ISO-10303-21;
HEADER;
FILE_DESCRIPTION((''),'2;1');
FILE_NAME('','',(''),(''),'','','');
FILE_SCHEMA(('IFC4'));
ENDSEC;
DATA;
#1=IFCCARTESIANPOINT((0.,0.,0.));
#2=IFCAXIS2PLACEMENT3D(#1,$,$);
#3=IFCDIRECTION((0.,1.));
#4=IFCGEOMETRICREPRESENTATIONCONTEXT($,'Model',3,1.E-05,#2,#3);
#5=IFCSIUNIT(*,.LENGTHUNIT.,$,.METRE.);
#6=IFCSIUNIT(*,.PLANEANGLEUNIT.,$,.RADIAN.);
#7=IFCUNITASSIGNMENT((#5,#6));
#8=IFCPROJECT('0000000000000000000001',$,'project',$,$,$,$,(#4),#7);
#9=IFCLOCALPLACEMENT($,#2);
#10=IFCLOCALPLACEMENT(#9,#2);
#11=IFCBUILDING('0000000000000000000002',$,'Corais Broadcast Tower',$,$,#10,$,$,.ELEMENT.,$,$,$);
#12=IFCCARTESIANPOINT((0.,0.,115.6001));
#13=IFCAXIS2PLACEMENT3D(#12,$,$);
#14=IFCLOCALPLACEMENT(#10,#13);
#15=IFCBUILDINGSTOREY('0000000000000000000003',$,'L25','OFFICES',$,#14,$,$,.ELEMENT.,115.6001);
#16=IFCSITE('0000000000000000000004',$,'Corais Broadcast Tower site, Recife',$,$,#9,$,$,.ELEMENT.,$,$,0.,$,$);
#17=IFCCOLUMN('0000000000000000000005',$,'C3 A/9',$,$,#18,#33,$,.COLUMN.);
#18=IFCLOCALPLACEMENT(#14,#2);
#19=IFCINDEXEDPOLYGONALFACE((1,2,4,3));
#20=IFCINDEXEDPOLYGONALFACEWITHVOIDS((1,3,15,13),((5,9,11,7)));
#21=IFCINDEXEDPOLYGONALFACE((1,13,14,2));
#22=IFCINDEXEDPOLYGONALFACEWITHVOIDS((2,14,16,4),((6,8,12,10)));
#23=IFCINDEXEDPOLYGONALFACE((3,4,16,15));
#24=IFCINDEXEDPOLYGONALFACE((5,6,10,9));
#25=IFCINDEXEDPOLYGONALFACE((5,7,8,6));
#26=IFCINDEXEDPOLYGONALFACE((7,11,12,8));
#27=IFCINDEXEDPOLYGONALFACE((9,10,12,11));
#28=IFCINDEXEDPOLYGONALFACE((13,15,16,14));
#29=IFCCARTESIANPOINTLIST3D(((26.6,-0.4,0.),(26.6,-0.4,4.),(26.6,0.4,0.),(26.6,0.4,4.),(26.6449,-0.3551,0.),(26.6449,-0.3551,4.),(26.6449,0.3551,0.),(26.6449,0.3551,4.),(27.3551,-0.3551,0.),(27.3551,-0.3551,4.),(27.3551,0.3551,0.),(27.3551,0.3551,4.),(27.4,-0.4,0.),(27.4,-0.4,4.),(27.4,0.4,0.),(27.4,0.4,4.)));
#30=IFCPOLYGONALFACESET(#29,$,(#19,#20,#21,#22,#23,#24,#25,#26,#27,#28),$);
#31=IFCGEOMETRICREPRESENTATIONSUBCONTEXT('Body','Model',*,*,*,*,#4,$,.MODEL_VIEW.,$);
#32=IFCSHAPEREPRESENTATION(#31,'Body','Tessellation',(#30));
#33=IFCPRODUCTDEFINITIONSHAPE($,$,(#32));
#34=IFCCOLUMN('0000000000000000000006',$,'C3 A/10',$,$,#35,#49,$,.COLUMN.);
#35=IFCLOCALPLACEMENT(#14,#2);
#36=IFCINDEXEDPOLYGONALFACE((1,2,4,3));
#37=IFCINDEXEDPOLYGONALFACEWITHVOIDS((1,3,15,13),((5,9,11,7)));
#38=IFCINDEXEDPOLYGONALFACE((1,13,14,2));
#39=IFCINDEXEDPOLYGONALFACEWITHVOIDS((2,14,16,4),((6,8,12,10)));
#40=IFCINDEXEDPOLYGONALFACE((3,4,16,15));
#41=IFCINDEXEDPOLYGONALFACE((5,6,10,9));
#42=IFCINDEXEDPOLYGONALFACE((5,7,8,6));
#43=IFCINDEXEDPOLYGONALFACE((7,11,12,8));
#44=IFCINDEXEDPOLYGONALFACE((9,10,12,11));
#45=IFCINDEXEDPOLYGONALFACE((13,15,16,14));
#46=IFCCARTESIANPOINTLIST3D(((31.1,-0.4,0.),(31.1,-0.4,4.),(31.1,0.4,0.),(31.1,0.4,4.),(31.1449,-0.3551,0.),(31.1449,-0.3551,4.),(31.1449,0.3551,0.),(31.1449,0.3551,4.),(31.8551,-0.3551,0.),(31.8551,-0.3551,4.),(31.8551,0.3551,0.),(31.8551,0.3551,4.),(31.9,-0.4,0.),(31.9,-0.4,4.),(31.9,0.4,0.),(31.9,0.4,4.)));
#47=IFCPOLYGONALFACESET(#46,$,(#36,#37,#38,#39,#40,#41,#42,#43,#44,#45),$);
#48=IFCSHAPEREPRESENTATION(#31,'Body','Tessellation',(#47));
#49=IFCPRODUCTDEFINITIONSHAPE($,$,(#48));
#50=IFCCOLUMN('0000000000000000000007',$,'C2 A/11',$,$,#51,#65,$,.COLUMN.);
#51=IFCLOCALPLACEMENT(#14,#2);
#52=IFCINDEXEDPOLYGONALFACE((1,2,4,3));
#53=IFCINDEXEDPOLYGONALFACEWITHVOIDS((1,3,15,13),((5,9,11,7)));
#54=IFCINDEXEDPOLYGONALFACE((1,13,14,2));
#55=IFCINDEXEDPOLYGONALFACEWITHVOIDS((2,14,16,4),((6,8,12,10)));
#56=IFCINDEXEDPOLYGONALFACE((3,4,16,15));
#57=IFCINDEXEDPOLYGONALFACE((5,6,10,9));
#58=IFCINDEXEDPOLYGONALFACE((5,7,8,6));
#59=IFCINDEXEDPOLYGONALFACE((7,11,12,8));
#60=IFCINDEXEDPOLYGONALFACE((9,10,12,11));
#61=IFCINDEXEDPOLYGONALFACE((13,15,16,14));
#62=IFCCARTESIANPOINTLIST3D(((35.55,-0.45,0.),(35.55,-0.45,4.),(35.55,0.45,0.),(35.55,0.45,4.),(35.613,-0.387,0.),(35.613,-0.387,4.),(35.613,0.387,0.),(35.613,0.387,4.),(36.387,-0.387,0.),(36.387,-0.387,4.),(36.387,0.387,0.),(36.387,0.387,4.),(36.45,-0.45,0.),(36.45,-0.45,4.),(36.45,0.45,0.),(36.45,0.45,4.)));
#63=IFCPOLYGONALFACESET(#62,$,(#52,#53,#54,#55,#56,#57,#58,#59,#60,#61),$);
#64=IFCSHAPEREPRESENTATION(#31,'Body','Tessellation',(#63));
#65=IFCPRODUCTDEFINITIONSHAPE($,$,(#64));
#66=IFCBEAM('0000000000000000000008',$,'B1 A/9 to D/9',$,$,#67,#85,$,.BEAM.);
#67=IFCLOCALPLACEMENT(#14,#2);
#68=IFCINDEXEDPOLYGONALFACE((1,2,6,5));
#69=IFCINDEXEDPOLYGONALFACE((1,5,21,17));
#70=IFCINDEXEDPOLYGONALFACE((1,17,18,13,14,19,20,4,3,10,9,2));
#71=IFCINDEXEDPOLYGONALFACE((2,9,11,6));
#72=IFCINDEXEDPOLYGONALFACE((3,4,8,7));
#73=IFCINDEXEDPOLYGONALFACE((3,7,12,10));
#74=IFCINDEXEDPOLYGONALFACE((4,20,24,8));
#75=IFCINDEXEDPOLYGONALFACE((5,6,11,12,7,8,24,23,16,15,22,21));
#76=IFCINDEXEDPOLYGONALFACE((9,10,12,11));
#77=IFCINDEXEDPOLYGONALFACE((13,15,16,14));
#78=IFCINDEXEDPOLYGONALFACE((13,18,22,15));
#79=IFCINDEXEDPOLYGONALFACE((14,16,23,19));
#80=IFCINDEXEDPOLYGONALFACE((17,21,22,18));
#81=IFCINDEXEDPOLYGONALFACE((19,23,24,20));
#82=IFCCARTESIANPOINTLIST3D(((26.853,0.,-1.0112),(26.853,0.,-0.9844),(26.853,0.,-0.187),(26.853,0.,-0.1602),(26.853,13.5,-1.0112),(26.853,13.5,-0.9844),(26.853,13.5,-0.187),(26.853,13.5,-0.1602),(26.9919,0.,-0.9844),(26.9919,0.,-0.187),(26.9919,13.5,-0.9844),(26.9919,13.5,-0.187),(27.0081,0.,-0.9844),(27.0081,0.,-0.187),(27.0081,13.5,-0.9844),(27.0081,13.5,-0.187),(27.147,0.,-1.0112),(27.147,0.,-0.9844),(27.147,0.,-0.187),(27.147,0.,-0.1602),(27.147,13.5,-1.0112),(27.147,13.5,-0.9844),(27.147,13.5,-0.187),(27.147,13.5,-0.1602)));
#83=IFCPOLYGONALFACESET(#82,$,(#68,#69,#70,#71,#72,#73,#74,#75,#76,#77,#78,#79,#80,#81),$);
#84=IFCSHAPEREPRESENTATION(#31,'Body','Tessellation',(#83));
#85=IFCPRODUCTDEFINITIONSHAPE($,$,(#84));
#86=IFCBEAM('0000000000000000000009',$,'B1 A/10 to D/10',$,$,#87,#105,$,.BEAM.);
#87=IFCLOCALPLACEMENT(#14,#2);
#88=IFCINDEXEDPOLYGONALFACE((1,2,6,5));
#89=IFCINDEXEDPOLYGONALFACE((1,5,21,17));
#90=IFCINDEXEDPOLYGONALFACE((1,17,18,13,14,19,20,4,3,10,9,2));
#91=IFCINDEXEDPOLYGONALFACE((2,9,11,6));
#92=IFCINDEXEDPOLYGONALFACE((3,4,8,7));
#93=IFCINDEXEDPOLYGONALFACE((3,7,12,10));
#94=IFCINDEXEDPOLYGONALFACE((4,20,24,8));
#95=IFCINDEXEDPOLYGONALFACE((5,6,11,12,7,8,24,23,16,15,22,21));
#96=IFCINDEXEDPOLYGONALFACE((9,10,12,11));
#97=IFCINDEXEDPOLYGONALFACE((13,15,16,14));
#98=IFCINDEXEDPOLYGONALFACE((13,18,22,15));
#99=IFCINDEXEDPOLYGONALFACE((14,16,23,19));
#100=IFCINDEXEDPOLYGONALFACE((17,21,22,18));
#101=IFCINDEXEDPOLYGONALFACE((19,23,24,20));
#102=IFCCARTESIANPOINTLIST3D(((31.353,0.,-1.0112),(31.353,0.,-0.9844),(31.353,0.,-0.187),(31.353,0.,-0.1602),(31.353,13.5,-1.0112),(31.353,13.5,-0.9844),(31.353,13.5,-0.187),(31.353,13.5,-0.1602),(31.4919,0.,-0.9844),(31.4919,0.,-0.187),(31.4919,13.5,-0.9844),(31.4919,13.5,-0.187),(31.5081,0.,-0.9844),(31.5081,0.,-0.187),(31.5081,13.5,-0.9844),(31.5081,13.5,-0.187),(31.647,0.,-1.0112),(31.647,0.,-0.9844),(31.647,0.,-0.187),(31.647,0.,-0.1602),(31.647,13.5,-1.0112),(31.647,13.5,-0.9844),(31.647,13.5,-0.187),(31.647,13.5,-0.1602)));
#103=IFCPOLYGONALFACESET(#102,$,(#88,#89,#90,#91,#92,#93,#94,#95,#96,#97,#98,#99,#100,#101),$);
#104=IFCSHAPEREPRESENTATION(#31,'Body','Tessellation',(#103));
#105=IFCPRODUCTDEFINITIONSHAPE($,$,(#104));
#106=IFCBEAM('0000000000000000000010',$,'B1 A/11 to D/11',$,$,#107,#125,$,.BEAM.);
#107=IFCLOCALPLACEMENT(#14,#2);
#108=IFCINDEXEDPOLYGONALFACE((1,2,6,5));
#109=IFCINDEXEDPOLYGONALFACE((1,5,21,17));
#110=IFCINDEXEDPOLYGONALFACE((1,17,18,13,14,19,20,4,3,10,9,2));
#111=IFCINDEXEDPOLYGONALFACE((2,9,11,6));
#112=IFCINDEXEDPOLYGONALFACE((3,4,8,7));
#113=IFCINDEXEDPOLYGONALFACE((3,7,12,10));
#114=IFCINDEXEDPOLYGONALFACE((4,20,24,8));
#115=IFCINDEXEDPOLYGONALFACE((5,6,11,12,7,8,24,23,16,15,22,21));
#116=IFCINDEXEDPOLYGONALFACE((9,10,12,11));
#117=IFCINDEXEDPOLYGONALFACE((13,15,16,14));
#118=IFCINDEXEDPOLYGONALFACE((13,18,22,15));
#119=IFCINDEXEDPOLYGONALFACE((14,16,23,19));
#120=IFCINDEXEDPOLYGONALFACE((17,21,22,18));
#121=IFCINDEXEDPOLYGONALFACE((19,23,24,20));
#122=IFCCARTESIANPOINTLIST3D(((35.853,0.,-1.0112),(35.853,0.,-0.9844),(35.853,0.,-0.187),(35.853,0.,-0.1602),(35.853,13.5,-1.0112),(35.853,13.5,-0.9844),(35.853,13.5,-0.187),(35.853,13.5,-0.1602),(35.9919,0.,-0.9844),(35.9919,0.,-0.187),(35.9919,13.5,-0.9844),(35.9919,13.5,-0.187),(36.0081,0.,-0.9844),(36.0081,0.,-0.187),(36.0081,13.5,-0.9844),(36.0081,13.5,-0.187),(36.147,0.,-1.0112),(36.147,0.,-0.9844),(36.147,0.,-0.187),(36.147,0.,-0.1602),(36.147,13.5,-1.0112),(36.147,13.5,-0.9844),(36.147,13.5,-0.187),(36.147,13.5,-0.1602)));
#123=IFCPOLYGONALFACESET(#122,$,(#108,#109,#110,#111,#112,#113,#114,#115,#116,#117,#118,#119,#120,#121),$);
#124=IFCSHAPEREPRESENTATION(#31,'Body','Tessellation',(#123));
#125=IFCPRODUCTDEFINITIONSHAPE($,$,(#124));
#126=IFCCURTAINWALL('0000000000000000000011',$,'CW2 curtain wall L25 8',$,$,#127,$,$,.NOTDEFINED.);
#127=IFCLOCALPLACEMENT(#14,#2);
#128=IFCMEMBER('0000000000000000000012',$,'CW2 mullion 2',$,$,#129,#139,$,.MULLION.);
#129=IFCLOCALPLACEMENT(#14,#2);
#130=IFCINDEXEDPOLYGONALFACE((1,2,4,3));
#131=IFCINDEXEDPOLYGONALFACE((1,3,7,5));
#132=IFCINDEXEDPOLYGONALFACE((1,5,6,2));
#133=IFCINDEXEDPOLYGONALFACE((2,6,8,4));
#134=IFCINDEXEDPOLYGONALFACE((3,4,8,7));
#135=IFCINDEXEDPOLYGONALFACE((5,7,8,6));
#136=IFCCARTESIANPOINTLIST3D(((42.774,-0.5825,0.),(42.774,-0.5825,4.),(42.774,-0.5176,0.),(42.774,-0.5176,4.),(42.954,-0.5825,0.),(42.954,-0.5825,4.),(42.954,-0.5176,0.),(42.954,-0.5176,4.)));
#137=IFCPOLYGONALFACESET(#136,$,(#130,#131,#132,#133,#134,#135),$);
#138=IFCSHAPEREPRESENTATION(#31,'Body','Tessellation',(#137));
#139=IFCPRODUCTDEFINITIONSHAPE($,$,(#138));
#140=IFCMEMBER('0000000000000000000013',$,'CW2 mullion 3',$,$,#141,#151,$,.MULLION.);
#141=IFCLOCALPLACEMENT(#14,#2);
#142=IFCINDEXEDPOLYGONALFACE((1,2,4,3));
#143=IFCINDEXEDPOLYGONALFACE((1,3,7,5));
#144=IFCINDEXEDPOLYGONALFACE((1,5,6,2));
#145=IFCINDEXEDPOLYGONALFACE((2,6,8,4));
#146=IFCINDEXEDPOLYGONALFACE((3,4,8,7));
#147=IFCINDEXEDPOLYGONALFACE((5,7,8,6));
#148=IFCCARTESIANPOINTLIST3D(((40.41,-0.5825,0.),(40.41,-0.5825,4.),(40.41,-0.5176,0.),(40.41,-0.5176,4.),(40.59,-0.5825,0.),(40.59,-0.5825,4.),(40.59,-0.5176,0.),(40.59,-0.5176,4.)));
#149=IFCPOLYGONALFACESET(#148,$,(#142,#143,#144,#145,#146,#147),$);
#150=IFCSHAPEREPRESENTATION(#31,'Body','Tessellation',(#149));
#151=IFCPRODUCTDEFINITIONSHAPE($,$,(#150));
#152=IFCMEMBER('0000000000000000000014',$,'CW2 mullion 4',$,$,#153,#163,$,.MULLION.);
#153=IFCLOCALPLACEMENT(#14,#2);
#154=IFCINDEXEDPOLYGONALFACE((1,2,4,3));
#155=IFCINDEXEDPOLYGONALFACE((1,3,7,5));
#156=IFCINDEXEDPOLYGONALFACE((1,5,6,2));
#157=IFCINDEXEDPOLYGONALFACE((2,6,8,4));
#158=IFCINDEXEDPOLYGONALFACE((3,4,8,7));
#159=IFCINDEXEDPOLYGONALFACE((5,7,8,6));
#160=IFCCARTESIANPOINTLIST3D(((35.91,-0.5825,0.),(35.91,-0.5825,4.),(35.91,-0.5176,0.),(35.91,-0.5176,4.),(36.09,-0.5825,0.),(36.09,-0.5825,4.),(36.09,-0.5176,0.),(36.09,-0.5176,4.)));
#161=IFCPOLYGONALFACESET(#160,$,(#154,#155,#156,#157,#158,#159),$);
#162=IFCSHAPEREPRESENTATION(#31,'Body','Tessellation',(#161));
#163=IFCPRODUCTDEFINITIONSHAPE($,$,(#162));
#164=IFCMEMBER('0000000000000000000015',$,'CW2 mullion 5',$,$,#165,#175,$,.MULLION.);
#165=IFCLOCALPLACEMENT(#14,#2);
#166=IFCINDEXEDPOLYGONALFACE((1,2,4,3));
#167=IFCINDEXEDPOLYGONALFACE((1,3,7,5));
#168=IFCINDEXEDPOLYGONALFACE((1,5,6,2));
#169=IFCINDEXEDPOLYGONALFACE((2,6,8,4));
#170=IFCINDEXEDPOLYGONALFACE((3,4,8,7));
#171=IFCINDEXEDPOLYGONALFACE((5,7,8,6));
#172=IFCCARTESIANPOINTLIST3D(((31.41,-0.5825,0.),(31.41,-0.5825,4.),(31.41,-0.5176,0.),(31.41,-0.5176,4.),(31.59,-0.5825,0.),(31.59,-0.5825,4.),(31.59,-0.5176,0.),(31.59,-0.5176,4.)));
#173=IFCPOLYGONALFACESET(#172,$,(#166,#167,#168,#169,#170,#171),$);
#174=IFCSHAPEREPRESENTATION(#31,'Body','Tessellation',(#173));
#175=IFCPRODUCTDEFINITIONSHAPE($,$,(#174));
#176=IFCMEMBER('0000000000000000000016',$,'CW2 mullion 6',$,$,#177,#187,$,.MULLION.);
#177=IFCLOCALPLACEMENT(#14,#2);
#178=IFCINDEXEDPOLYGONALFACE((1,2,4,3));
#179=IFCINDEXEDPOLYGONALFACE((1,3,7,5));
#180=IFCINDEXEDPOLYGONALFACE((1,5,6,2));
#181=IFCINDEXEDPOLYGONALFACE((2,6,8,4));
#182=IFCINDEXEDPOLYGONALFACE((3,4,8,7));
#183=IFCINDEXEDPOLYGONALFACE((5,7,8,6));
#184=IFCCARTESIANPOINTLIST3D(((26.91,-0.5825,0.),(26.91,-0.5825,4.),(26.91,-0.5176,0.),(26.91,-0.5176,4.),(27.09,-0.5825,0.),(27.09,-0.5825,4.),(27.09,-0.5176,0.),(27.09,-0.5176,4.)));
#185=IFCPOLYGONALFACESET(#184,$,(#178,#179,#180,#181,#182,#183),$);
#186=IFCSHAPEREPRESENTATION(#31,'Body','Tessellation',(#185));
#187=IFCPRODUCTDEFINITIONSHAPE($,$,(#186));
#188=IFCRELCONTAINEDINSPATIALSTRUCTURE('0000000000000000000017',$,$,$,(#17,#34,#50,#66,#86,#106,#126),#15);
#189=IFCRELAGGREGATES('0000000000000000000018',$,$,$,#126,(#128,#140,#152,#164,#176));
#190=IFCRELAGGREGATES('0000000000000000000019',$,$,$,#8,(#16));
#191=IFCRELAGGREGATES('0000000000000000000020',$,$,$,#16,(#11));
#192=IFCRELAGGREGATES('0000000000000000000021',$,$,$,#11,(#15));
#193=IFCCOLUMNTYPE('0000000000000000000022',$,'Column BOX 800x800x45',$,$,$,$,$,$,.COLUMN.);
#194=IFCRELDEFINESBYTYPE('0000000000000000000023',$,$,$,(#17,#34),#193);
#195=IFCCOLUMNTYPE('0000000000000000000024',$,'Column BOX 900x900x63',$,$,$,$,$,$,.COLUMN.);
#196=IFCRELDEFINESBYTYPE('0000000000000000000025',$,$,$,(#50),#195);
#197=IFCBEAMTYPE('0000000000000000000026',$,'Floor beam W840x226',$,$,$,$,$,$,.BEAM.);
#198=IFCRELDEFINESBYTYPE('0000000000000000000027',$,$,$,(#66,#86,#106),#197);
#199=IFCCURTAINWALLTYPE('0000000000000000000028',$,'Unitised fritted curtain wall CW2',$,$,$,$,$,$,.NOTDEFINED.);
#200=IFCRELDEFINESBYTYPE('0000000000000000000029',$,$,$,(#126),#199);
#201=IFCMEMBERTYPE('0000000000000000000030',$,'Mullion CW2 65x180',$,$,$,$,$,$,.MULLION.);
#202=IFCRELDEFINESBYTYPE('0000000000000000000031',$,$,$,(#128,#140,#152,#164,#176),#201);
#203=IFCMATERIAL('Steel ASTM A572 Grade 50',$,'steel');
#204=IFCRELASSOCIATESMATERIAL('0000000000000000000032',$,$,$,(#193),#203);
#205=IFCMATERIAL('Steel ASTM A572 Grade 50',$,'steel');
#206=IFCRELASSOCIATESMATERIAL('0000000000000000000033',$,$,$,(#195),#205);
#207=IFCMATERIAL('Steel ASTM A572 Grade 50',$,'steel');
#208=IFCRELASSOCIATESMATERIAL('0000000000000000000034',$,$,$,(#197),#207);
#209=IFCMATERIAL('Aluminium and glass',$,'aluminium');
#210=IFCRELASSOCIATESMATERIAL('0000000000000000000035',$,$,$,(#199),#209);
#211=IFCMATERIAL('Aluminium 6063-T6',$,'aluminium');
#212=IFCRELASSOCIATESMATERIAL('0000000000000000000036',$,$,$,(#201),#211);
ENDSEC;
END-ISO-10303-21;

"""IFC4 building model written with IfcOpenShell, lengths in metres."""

from ifc_helpers import new_model, si_unit, direction, frame, origin, origin_2d, place, context, subcontext, project, spatial, rectangle, hollow_rectangle, i_section, extrude, material, material_profile, profile_set, type_object, element, aggregate, save


model = new_model("IFC4")

# Units and contexts
model_context = context("Model", 3, precision=1e-05, world=origin(), true_north=direction((0.0, 1.0)))
body_context = subcontext(model_context, "Body", "Model", "MODEL_VIEW")
ifc_project = project(units=[si_unit("LENGTHUNIT", "METRE"), si_unit("PLANEANGLEUNIT", "RADIAN")], contexts=[model_context])

# Site, building, storey
site_placement = place(None, origin())
site = spatial("IfcSite", under=ifc_project, at=site_placement, Name="Corais Broadcast Tower site, Recife", CompositionType="ELEMENT", RefElevation=0.0)
building_placement = place(site_placement, origin())
building = spatial("IfcBuilding", under=site, at=building_placement, Name="Corais Broadcast Tower", CompositionType="ELEMENT")
storey_placement = place(building_placement, frame((0.0, 0.0, 115.6001)))
storey = spatial("IfcBuildingStorey", under=building, at=storey_placement, Name="L25", Description="OFFICES", CompositionType="ELEMENT", Elevation=115.6001)

# Columns
ifc_material_1 = material(Name="Steel ASTM A572 Grade 50", Category="steel")
ifc_material_profile_1 = material_profile(ifc_material_1, hollow_rectangle(XDim=0.8, YDim=0.8, WallThickness=0.0449, at=origin_2d()), Name="BOX 800x800x45")
ifc_profile_set_1 = profile_set([ifc_material_profile_1], Name="Steel ASTM A572 Grade 50")
column_type_1 = type_object("IfcColumnType", Name="Column BOX 800x800x45", PredefinedType="COLUMN", material=ifc_profile_set_1)
for number, where, z_axis, x_axis, name in (
    (1, (27.0, 0.0, 0.0), (0.0, 0.0, 1.0), (1.0, 0.0, 0.0), "C3 A/9"),
    (2, (31.5, 0.0, 0.0), (0.0, 0.0, 1.0), (1.0, 0.0, 0.0), "C3 A/10"),
):
    element("IfcColumn", number, at=place(storey_placement, frame(where, z_axis=z_axis, x_axis=x_axis)), inside=storey, type_object=column_type_1, Name=name, PredefinedType="COLUMN", context=body_context, shape_type="SweptSolid", body=[
        extrude(hollow_rectangle(XDim=0.8, YDim=0.8, WallThickness=0.0449, at=origin_2d()), origin(), (0.0, 0.0, 1.0), 4.0),
    ])
ifc_material_2 = material(Name="Steel ASTM A572 Grade 50", Category="steel")
ifc_material_profile_2 = material_profile(ifc_material_2, hollow_rectangle(XDim=0.8999, YDim=0.8999, WallThickness=0.063, at=origin_2d()), Name="BOX 900x900x63")
ifc_profile_set_2 = profile_set([ifc_material_profile_2], Name="Steel ASTM A572 Grade 50")
column_type_2 = type_object("IfcColumnType", Name="Column BOX 900x900x63", PredefinedType="COLUMN", material=ifc_profile_set_2)
column_placement = place(storey_placement, frame((36.0, 0.0, 0.0), z_axis=(0.0, 0.0, 1.0), x_axis=(1.0, 0.0, 0.0)))
element("IfcColumn", 3, at=column_placement, inside=storey, type_object=column_type_2, Name="C2 A/11", PredefinedType="COLUMN", context=body_context, shape_type="SweptSolid", body=[
    extrude(hollow_rectangle(XDim=0.8999, YDim=0.8999, WallThickness=0.063, at=origin_2d()), origin(), (0.0, 0.0, 1.0), 4.0),
])

# Beams
ifc_material_3 = material(Name="Steel ASTM A572 Grade 50", Category="steel")
ifc_material_profile_3 = material_profile(ifc_material_3, i_section(OverallWidth=0.2939, OverallDepth=0.8511, WebThickness=0.0161, FlangeThickness=0.0269, at=origin_2d()), Name="W840x226")
ifc_profile_set_3 = profile_set([ifc_material_profile_3], Name="Steel ASTM A572 Grade 50")
beam_type_1 = type_object("IfcBeamType", Name="Floor beam W840x226", PredefinedType="BEAM", material=ifc_profile_set_3)
for number, where, z_axis, x_axis, name in (
    (4, (27.0, 0.0, -0.5857), (0.0, 1.0, 0.0), (-1.0, 0.0, 0.0), "B1 A/9 to D/9"),
    (5, (31.5, 0.0, -0.5857), (0.0, 1.0, 0.0), (-1.0, 0.0, 0.0), "B1 A/10 to D/10"),
    (6, (36.0, 0.0, -0.5857), (0.0, 1.0, 0.0), (-1.0, 0.0, 0.0), "B1 A/11 to D/11"),
):
    element("IfcBeam", number, at=place(storey_placement, frame(where, z_axis=z_axis, x_axis=x_axis)), inside=storey, type_object=beam_type_1, Name=name, PredefinedType="BEAM", context=body_context, shape_type="SweptSolid", body=[
        extrude(i_section(OverallWidth=0.2939, OverallDepth=0.8511, WebThickness=0.0161, FlangeThickness=0.0269, at=origin_2d()), origin(), (0.0, 0.0, 1.0), 13.5),
    ])

# Curtain wall, members
ifc_material_4 = material(Name="Aluminium and glass", Category="aluminium")
curtain_wall_type = type_object("IfcCurtainWallType", Name="Unitised fritted curtain wall CW2", PredefinedType="NOTDEFINED", material=ifc_material_4)
curtain_wall_placement = place(storey_placement, origin())
curtain_wall = element("IfcCurtainWall", 7, at=curtain_wall_placement, inside=storey, type_object=curtain_wall_type, Name="CW2 curtain wall L25 8", PredefinedType="NOTDEFINED")
ifc_material_5 = material(Name="Aluminium 6063-T6", Category="aluminium")
ifc_material_profile_4 = material_profile(ifc_material_5, rectangle(XDim=0.0649, YDim=0.1799, at=origin_2d()), Name="Mullion CW2 65x180")
ifc_profile_set_4 = profile_set([ifc_material_profile_4], Name="Aluminium 6063-T6")
member_type_1 = type_object("IfcMemberType", Name="Mullion CW2 65x180", PredefinedType="MULLION", material=ifc_profile_set_4)
member_1_placement = place(storey_placement, frame((42.864, -0.55, 0.0), z_axis=(0.0, 0.0, 1.0), x_axis=(0.0, -1.0, 0.0)))
member_1 = element("IfcMember", 8, at=member_1_placement, type_object=member_type_1, Name="CW2 mullion 2", PredefinedType="MULLION", context=body_context, shape_type="SweptSolid", body=[
    extrude(rectangle(XDim=0.0649, YDim=0.1799, at=origin_2d()), origin(), (0.0, 0.0, 1.0), 4.0),
])
member_2_placement = place(storey_placement, frame((40.5, -0.55, 0.0), z_axis=(0.0, 0.0, 1.0), x_axis=(0.0, -1.0, 0.0)))
member_2 = element("IfcMember", 9, at=member_2_placement, type_object=member_type_1, Name="CW2 mullion 3", PredefinedType="MULLION", context=body_context, shape_type="SweptSolid", body=[
    extrude(rectangle(XDim=0.0649, YDim=0.1799, at=origin_2d()), origin(), (0.0, 0.0, 1.0), 4.0),
])
member_3_placement = place(storey_placement, frame((36.0, -0.55, 0.0), z_axis=(0.0, 0.0, 1.0), x_axis=(0.0, -1.0, 0.0)))
member_3 = element("IfcMember", 10, at=member_3_placement, type_object=member_type_1, Name="CW2 mullion 4", PredefinedType="MULLION", context=body_context, shape_type="SweptSolid", body=[
    extrude(rectangle(XDim=0.0649, YDim=0.1799, at=origin_2d()), origin(), (0.0, 0.0, 1.0), 4.0),
])
member_4_placement = place(storey_placement, frame((31.5, -0.55, 0.0), z_axis=(0.0, 0.0, 1.0), x_axis=(0.0, -1.0, 0.0)))
member_4 = element("IfcMember", 11, at=member_4_placement, type_object=member_type_1, Name="CW2 mullion 5", PredefinedType="MULLION", context=body_context, shape_type="SweptSolid", body=[
    extrude(rectangle(XDim=0.0649, YDim=0.1799, at=origin_2d()), origin(), (0.0, 0.0, 1.0), 4.0),
])
member_5_placement = place(storey_placement, frame((27.0, -0.55, 0.0), z_axis=(0.0, 0.0, 1.0), x_axis=(0.0, -1.0, 0.0)))
member_5 = element("IfcMember", 12, at=member_5_placement, type_object=member_type_1, Name="CW2 mullion 6", PredefinedType="MULLION", context=body_context, shape_type="SweptSolid", body=[
    extrude(rectangle(XDim=0.0649, YDim=0.1799, at=origin_2d()), origin(), (0.0, 0.0, 1.0), 4.0),
])

aggregate(curtain_wall, [member_1, member_2, member_3, member_4, member_5])

save(model, "model.ifc")
